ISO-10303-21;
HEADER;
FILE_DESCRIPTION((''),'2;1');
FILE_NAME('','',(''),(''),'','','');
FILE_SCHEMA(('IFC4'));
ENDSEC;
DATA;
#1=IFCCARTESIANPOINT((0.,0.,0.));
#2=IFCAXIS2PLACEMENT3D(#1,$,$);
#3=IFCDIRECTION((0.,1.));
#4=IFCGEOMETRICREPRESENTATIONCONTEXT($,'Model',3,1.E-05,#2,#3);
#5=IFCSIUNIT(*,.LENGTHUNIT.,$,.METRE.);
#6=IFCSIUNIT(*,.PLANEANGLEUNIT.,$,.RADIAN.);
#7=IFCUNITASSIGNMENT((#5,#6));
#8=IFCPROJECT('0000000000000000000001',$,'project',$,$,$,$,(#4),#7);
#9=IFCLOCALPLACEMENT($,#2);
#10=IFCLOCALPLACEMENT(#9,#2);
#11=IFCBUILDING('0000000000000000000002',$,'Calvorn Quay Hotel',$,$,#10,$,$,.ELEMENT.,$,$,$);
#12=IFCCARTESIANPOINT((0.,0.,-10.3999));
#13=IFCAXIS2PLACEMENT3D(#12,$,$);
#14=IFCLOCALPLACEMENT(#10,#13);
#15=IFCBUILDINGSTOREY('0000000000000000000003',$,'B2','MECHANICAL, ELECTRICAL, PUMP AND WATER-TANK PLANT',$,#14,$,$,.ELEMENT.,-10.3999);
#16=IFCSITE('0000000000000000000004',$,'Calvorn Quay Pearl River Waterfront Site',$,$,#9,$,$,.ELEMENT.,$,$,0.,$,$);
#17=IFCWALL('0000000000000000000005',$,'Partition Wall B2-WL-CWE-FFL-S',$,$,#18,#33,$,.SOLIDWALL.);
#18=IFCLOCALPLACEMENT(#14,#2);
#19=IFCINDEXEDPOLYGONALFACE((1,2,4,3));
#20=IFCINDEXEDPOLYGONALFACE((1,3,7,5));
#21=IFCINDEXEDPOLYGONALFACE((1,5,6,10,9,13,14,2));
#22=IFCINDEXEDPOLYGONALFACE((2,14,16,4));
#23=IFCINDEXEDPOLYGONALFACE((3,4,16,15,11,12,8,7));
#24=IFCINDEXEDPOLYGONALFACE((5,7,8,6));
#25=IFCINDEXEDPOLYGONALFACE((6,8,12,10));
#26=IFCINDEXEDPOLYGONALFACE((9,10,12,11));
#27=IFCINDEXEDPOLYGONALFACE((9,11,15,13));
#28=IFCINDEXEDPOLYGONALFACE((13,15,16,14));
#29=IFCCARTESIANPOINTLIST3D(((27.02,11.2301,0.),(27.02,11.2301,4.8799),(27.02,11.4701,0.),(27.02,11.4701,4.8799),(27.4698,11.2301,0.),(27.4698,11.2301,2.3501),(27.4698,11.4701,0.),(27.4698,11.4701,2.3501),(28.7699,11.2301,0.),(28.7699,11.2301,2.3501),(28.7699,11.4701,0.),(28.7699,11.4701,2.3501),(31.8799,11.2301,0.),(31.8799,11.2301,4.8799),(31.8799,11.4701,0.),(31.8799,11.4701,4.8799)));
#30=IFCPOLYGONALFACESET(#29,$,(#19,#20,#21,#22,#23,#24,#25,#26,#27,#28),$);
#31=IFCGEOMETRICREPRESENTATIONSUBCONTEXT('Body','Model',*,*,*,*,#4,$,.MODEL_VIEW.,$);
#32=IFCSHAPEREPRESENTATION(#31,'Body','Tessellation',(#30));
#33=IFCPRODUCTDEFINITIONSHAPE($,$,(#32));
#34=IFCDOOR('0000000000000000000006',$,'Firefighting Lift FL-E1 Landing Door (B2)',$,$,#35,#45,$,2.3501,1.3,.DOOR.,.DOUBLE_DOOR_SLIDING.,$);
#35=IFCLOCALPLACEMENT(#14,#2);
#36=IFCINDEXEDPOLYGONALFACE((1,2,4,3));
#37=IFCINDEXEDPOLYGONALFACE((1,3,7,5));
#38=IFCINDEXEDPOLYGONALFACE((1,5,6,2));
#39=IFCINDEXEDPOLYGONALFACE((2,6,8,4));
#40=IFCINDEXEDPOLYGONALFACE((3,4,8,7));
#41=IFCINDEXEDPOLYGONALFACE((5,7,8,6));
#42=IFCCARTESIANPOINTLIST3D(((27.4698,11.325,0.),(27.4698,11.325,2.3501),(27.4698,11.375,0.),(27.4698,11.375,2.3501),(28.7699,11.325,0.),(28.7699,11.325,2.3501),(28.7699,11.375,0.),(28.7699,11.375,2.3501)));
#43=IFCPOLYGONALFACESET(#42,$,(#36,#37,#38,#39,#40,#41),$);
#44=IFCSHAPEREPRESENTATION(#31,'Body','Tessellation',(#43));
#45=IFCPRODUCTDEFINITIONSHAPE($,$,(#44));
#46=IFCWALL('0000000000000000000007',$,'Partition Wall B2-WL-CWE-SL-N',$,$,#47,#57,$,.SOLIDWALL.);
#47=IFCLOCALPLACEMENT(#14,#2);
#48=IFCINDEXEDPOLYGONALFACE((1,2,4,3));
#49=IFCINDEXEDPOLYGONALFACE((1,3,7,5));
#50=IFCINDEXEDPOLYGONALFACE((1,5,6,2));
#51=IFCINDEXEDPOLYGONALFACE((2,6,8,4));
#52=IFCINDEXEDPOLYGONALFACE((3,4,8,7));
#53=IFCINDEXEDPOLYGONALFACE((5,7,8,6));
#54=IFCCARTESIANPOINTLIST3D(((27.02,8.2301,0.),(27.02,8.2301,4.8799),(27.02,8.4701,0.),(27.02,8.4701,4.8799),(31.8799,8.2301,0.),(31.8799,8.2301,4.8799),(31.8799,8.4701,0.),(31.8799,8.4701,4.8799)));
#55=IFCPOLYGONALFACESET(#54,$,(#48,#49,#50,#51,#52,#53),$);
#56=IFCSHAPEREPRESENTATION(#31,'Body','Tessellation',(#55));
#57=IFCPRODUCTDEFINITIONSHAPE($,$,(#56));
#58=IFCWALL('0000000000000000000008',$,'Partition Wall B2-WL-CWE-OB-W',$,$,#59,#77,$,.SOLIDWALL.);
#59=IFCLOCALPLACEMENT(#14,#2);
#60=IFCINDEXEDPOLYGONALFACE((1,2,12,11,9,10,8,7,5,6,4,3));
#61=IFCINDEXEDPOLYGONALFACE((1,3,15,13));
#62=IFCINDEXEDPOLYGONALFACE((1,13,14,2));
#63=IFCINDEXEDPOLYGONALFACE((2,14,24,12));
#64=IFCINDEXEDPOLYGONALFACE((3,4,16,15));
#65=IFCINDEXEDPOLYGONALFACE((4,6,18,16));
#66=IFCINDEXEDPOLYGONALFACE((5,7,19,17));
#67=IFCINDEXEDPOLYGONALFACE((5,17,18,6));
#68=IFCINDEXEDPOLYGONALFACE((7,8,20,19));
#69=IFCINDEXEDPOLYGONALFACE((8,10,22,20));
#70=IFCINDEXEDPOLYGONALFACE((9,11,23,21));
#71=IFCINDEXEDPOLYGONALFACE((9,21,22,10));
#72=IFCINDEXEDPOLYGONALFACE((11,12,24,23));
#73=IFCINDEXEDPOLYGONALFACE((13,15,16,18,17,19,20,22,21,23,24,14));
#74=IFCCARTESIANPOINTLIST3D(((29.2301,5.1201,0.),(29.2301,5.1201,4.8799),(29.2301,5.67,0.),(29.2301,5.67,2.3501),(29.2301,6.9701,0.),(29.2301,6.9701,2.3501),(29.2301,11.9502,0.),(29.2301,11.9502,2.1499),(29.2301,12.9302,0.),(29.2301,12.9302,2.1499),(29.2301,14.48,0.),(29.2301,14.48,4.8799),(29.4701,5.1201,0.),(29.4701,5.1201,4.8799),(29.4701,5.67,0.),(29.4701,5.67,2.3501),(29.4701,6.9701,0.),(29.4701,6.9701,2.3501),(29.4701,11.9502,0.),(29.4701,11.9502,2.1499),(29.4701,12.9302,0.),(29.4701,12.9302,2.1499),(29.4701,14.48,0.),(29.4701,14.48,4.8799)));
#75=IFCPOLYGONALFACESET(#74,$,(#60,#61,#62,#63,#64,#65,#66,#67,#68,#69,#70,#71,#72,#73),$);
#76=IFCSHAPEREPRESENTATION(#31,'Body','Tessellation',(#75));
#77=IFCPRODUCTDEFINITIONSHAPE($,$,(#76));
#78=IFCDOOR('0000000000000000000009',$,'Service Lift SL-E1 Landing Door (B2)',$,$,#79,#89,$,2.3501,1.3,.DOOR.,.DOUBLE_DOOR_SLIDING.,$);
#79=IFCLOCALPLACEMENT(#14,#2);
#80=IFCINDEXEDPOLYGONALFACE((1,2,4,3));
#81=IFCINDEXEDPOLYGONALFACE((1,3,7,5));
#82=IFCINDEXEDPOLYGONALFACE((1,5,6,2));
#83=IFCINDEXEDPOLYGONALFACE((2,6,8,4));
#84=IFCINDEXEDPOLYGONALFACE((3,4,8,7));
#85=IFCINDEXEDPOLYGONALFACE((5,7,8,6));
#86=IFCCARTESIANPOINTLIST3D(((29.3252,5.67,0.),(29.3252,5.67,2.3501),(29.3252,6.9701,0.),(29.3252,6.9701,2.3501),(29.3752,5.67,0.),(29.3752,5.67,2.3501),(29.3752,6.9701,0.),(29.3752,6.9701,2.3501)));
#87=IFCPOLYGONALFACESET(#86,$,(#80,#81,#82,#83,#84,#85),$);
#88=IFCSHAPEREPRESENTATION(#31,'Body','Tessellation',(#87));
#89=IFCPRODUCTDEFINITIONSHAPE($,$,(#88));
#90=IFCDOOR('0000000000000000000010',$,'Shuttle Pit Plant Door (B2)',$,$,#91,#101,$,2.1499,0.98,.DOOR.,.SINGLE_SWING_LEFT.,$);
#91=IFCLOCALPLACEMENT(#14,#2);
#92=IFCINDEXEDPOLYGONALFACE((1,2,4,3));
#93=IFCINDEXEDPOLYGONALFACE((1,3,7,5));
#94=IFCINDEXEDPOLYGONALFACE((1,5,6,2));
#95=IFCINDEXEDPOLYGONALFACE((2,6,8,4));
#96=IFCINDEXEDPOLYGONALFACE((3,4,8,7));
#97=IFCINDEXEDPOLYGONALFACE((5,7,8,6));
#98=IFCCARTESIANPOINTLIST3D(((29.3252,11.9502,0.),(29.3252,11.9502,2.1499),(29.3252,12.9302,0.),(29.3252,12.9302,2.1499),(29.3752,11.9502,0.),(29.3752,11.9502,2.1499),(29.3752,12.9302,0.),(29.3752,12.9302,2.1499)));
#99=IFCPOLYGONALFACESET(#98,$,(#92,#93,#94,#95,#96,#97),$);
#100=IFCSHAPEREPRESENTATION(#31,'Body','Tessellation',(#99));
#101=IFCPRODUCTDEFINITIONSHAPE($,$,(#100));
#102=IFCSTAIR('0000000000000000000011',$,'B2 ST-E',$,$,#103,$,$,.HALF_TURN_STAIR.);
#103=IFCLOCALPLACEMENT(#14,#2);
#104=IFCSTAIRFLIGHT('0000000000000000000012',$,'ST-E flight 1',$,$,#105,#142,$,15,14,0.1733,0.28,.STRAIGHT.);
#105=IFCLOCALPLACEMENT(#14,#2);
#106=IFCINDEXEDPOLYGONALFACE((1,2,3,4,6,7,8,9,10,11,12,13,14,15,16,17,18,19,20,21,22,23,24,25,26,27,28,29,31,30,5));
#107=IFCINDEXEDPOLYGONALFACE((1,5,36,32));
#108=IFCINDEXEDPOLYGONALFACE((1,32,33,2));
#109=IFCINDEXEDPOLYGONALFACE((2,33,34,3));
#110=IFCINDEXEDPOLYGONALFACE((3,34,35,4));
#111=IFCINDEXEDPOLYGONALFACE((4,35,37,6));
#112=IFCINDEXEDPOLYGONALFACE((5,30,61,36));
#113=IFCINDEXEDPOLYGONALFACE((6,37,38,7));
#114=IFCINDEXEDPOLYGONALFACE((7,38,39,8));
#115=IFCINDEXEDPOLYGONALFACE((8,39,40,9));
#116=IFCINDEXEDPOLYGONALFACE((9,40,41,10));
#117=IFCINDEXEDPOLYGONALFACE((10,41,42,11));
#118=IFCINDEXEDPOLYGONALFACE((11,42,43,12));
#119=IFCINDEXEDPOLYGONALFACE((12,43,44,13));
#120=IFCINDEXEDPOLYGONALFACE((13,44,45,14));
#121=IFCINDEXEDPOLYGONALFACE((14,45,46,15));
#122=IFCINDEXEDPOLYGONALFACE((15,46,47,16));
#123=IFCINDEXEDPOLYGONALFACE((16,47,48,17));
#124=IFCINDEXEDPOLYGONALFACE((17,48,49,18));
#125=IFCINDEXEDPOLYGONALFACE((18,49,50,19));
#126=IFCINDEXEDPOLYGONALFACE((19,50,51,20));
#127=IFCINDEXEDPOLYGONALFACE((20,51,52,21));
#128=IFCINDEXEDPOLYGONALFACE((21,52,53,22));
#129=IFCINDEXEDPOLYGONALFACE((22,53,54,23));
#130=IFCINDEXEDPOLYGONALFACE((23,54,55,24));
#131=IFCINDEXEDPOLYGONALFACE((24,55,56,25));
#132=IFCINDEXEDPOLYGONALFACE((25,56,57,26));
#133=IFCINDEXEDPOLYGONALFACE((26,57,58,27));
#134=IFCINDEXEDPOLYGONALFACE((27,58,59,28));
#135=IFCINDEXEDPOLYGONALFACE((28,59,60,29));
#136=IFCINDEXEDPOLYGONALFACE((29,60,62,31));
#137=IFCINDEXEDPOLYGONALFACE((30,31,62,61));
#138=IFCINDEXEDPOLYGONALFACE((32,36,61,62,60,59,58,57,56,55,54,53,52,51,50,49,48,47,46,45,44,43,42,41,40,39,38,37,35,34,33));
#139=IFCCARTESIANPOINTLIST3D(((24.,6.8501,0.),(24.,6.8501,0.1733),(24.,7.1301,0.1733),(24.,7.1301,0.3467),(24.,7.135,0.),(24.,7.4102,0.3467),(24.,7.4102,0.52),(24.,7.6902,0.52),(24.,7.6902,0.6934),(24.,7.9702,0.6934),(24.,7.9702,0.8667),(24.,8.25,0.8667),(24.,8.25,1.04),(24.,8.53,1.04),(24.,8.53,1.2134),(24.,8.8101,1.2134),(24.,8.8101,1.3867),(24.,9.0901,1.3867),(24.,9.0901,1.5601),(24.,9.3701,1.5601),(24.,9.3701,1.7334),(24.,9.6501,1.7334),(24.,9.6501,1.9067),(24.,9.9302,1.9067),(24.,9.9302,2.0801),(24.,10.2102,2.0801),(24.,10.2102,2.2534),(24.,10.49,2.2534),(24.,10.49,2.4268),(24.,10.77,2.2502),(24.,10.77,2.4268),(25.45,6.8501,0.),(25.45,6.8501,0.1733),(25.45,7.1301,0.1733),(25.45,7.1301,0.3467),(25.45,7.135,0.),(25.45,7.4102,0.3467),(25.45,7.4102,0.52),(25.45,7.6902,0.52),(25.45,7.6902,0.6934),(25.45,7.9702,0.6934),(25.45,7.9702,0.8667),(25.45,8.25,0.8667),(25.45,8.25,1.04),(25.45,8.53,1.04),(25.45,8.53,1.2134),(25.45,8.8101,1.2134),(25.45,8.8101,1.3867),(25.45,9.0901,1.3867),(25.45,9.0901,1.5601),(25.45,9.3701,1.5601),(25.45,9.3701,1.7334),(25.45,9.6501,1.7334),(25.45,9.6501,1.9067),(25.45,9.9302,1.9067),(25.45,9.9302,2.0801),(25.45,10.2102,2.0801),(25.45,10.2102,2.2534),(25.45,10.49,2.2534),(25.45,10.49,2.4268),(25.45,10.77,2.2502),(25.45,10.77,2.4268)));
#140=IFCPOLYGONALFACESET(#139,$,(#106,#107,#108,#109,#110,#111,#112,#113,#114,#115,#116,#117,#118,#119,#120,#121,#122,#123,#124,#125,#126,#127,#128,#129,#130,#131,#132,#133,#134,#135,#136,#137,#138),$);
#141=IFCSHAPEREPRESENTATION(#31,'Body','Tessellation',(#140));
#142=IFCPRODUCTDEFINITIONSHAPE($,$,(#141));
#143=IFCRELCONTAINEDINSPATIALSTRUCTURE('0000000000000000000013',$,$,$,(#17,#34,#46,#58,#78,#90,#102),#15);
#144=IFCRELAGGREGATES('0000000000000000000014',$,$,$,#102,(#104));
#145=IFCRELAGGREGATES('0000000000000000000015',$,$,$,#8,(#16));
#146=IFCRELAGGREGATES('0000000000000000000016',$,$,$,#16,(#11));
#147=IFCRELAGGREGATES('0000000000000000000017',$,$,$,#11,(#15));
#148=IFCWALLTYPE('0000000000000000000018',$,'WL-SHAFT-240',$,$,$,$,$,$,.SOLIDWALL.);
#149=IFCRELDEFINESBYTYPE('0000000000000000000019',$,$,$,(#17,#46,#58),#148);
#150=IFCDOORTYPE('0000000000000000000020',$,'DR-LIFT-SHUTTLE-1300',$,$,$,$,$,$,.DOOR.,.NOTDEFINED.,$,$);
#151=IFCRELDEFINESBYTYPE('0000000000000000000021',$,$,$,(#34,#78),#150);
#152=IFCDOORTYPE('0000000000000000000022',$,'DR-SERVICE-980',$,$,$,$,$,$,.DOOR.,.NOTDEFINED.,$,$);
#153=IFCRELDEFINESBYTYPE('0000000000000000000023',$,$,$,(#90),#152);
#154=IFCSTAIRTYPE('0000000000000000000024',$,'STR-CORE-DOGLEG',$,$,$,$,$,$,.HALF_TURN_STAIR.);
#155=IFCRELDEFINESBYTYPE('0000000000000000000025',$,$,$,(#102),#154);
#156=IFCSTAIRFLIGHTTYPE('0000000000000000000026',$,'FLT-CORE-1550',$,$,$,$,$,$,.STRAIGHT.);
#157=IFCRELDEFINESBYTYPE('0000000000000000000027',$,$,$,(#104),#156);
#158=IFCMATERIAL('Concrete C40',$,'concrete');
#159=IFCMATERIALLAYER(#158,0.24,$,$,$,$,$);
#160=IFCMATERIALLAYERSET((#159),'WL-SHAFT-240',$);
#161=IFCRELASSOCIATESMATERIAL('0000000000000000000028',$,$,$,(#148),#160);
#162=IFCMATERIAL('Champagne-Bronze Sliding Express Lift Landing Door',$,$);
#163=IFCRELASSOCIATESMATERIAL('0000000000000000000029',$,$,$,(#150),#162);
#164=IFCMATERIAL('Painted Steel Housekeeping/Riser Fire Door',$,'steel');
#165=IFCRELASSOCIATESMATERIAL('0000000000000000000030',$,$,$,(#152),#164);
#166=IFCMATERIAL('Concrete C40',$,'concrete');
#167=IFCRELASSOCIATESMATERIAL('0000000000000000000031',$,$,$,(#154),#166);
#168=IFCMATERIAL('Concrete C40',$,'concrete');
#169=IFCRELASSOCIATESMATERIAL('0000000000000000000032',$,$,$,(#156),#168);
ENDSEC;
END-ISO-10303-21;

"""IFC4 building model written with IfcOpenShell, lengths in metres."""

from ifc_helpers import new_model, si_unit, direction, frame, frame_2d, origin, place, context, subcontext, project, spatial, polyline, rectangle, outline, extrude, material, layer, layer_set, type_object, element, fill, aggregate, save


model = new_model("IFC4")

# Units and contexts
model_context = context("Model", 3, precision=1e-05, world=origin(), true_north=direction((0.0, 1.0)))
body_context = subcontext(model_context, "Body", "Model", "MODEL_VIEW")
ifc_project = project(units=[si_unit("LENGTHUNIT", "METRE"), si_unit("PLANEANGLEUNIT", "RADIAN")], contexts=[model_context])

# Site, building, storey
site_placement = place(None, origin())
site = spatial("IfcSite", under=ifc_project, at=site_placement, Name="Calvorn Quay Pearl River Waterfront Site", CompositionType="ELEMENT", RefElevation=0.0)
building_placement = place(site_placement, origin())
building = spatial("IfcBuilding", under=site, at=building_placement, Name="Calvorn Quay Hotel", CompositionType="ELEMENT")
storey_placement = place(building_placement, frame((0.0, 0.0, -10.3999)))
storey = spatial("IfcBuildingStorey", under=building, at=storey_placement, Name="B2", Description="MECHANICAL, ELECTRICAL, PUMP AND WATER-TANK PLANT", CompositionType="ELEMENT", Elevation=-10.3999)

# Shared definitions
ifc_material_1 = material(Name="Concrete C40", Category="concrete")
ifc_layer_1 = layer(ifc_material_1, 0.24)
ifc_layer_set_1 = layer_set([ifc_layer_1], Name="WL-SHAFT-240")
wall_type_1 = type_object("IfcWallType", Name="WL-SHAFT-240", PredefinedType="SOLIDWALL", material=ifc_layer_set_1)

# Wall, opening, door
wall_1_placement = place(storey_placement, frame((27.02, 11.3501, 0.0), z_axis=(0.0, 0.0, 1.0), x_axis=(1.0, 0.0, 0.0)))
wall_1 = element("IfcWall", 1, at=wall_1_placement, inside=storey, type_object=wall_type_1, Name="Partition Wall B2-WL-CWE-FFL-S", PredefinedType="SOLIDWALL", context=body_context, shape_type="SweptSolid", body=[
    extrude(rectangle(XDim=4.8599, YDim=0.24, at=frame_2d((2.4299, 0.0))), origin(), (0.0, 0.0, 1.0), 4.8799),
])
opening_1_placement = place(wall_1_placement, frame((0.45, 0.0, 0.0)))
opening_1 = element("IfcOpeningElement", 2, at=opening_1_placement, cuts=wall_1, PredefinedType="OPENING", context=body_context, shape_type="SweptSolid", body=[
    extrude(rectangle(XDim=1.3, YDim=2.3501, at=frame_2d((0.6499, 1.175))), frame((0.0, 0.1299, 0.0), z_axis=(0.0, -1.0, 0.0), x_axis=(1.0, 0.0, 0.0)), (0.0, 0.0, 1.0), 0.26),
])
ifc_material_2 = material(Name="Champagne-Bronze Sliding Express Lift Landing Door")
door_type_1 = type_object("IfcDoorType", Name="DR-LIFT-SHUTTLE-1300", OperationType="NOTDEFINED", PredefinedType="DOOR", material=ifc_material_2)
door_1_placement = place(opening_1_placement, origin())
door_1 = element("IfcDoor", 3, at=door_1_placement, inside=storey, type_object=door_type_1, Name="Firefighting Lift FL-E1 Landing Door (B2)", OperationType="DOUBLE_DOOR_SLIDING", OverallHeight=2.3501, OverallWidth=1.3, PredefinedType="DOOR", context=body_context, shape_type="SweptSolid", body=[
    extrude(rectangle(XDim=1.3, YDim=2.3501, at=frame_2d((0.6499, 1.175))), frame((0.0, 0.0249, 0.0), z_axis=(0.0, -1.0, 0.0), x_axis=(1.0, 0.0, 0.0)), (0.0, 0.0, 1.0), 0.05),
])
fill(opening_1, door_1)

# Wall
wall_2_placement = place(storey_placement, frame((27.02, 8.3501, 0.0), z_axis=(0.0, 0.0, 1.0), x_axis=(1.0, 0.0, 0.0)))
element("IfcWall", 4, at=wall_2_placement, inside=storey, type_object=wall_type_1, Name="Partition Wall B2-WL-CWE-SL-N", PredefinedType="SOLIDWALL", context=body_context, shape_type="SweptSolid", body=[
    extrude(rectangle(XDim=4.8599, YDim=0.24, at=frame_2d((2.4299, 0.0))), origin(), (0.0, 0.0, 1.0), 4.8799),
])

# Wall, openings, doors
wall_3_placement = place(storey_placement, frame((29.3501, 5.1201, 0.0), z_axis=(0.0, 0.0, 1.0), x_axis=(0.0, 1.0, 0.0)))
wall_3 = element("IfcWall", 5, at=wall_3_placement, inside=storey, type_object=wall_type_1, Name="Partition Wall B2-WL-CWE-OB-W", PredefinedType="SOLIDWALL", context=body_context, shape_type="SweptSolid", body=[
    extrude(rectangle(XDim=9.3599, YDim=0.24, at=frame_2d((4.6799, 0.0))), origin(), (0.0, 0.0, 1.0), 4.8799),
])
opening_2_placement = place(wall_3_placement, frame((0.55, 0.0, 0.0)))
opening_2 = element("IfcOpeningElement", 6, at=opening_2_placement, cuts=wall_3, PredefinedType="OPENING", context=body_context, shape_type="SweptSolid", body=[
    extrude(rectangle(XDim=1.3, YDim=2.3501, at=frame_2d((0.6499, 1.175))), frame((0.0, 0.1299, 0.0), z_axis=(0.0, -1.0, 0.0), x_axis=(1.0, 0.0, 0.0)), (0.0, 0.0, 1.0), 0.26),
])
opening_3_placement = place(wall_3_placement, frame((6.8301, 0.0, 0.0)))
opening_3 = element("IfcOpeningElement", 7, at=opening_3_placement, cuts=wall_3, PredefinedType="OPENING", context=body_context, shape_type="SweptSolid", body=[
    extrude(rectangle(XDim=0.98, YDim=2.1499, at=frame_2d((0.49, 1.075))), frame((0.0, 0.1299, 0.0), z_axis=(0.0, -1.0, 0.0), x_axis=(1.0, 0.0, 0.0)), (0.0, 0.0, 1.0), 0.26),
])
door_2_placement = place(opening_2_placement, origin())
door_2 = element("IfcDoor", 8, at=door_2_placement, inside=storey, type_object=door_type_1, Name="Service Lift SL-E1 Landing Door (B2)", OperationType="DOUBLE_DOOR_SLIDING", OverallHeight=2.3501, OverallWidth=1.3, PredefinedType="DOOR", context=body_context, shape_type="SweptSolid", body=[
    extrude(rectangle(XDim=1.3, YDim=2.3501, at=frame_2d((0.6499, 1.175))), frame((0.0, 0.0249, 0.0), z_axis=(0.0, -1.0, 0.0), x_axis=(1.0, 0.0, 0.0)), (0.0, 0.0, 1.0), 0.05),
])
fill(opening_2, door_2)
ifc_material_3 = material(Name="Painted Steel Housekeeping/Riser Fire Door", Category="steel")
door_type_2 = type_object("IfcDoorType", Name="DR-SERVICE-980", OperationType="NOTDEFINED", PredefinedType="DOOR", material=ifc_material_3)
door_3_placement = place(opening_3_placement, origin())
door_3 = element("IfcDoor", 9, at=door_3_placement, inside=storey, type_object=door_type_2, Name="Shuttle Pit Plant Door (B2)", OperationType="SINGLE_SWING_LEFT", OverallHeight=2.1499, OverallWidth=0.98, PredefinedType="DOOR", context=body_context, shape_type="SweptSolid", body=[
    extrude(rectangle(XDim=0.98, YDim=2.1499, at=frame_2d((0.49, 1.075))), frame((0.0, 0.0249, 0.0), z_axis=(0.0, -1.0, 0.0), x_axis=(1.0, 0.0, 0.0)), (0.0, 0.0, 1.0), 0.05),
])
fill(opening_3, door_3)

# Stair, stair flight
ifc_material_4 = material(Name="Concrete C40", Category="concrete")
stair_type = type_object("IfcStairType", Name="STR-CORE-DOGLEG", PredefinedType="HALF_TURN_STAIR", material=ifc_material_4)
stair_placement = place(storey_placement, origin())
stair = element("IfcStair", 10, at=stair_placement, inside=storey, type_object=stair_type, Name="B2 ST-E", PredefinedType="HALF_TURN_STAIR")
ifc_material_5 = material(Name="Concrete C40", Category="concrete")
stair_flight_type = type_object("IfcStairFlightType", Name="FLT-CORE-1550", PredefinedType="STRAIGHT", material=ifc_material_5)
stair_flight_1_placement = place(storey_placement, frame((24.7251, 6.8501, 0.0), z_axis=(0.0, 0.0, 1.0), x_axis=(0.0, 1.0, 0.0)))
stair_flight_1 = element("IfcStairFlight", 11, at=stair_flight_1_placement, type_object=stair_flight_type, Name="ST-E flight 1", NumberOfRisers=15, NumberOfTreads=14, PredefinedType="STRAIGHT", RiserHeight=0.1733, TreadLength=0.28, context=body_context, shape_type="SweptSolid", body=[
    extrude(outline(polyline([(0.0, 0.0), (0.0, 0.1733), (0.28, 0.1733), (0.28, 0.3467), (0.5601, 0.3467), (0.5601, 0.52), (0.8401, 0.52), (0.8401, 0.6934), (1.1201, 0.6934), (1.1201, 0.8667), (1.3999, 0.8667), (1.3999, 1.04), (1.6799, 1.04), (1.6799, 1.2134), (1.96, 1.2134), (1.96, 1.3867), (2.24, 1.3867), (2.24, 1.5601), (2.52, 1.5601), (2.52, 1.7334), (2.8, 1.7334), (2.8, 1.9067), (3.0801, 1.9067), (3.0801, 2.0801), (3.3601, 2.0801), (3.3601, 2.2534), (3.6399, 2.2534), (3.6399, 2.4268), (3.9199, 2.4268), (3.9199, 2.6001), (3.9199, 2.2502), (0.2849, 0.0), (0.0, 0.0)])), frame((0.0, 0.7251, 0.0), z_axis=(0.0, -1.0, 0.0), x_axis=(1.0, 0.0, 0.0)), (0.0, 0.0, 1.0), 1.45),
])
aggregate(stair, [stair_flight_1])

save(model, "model.ifc")
